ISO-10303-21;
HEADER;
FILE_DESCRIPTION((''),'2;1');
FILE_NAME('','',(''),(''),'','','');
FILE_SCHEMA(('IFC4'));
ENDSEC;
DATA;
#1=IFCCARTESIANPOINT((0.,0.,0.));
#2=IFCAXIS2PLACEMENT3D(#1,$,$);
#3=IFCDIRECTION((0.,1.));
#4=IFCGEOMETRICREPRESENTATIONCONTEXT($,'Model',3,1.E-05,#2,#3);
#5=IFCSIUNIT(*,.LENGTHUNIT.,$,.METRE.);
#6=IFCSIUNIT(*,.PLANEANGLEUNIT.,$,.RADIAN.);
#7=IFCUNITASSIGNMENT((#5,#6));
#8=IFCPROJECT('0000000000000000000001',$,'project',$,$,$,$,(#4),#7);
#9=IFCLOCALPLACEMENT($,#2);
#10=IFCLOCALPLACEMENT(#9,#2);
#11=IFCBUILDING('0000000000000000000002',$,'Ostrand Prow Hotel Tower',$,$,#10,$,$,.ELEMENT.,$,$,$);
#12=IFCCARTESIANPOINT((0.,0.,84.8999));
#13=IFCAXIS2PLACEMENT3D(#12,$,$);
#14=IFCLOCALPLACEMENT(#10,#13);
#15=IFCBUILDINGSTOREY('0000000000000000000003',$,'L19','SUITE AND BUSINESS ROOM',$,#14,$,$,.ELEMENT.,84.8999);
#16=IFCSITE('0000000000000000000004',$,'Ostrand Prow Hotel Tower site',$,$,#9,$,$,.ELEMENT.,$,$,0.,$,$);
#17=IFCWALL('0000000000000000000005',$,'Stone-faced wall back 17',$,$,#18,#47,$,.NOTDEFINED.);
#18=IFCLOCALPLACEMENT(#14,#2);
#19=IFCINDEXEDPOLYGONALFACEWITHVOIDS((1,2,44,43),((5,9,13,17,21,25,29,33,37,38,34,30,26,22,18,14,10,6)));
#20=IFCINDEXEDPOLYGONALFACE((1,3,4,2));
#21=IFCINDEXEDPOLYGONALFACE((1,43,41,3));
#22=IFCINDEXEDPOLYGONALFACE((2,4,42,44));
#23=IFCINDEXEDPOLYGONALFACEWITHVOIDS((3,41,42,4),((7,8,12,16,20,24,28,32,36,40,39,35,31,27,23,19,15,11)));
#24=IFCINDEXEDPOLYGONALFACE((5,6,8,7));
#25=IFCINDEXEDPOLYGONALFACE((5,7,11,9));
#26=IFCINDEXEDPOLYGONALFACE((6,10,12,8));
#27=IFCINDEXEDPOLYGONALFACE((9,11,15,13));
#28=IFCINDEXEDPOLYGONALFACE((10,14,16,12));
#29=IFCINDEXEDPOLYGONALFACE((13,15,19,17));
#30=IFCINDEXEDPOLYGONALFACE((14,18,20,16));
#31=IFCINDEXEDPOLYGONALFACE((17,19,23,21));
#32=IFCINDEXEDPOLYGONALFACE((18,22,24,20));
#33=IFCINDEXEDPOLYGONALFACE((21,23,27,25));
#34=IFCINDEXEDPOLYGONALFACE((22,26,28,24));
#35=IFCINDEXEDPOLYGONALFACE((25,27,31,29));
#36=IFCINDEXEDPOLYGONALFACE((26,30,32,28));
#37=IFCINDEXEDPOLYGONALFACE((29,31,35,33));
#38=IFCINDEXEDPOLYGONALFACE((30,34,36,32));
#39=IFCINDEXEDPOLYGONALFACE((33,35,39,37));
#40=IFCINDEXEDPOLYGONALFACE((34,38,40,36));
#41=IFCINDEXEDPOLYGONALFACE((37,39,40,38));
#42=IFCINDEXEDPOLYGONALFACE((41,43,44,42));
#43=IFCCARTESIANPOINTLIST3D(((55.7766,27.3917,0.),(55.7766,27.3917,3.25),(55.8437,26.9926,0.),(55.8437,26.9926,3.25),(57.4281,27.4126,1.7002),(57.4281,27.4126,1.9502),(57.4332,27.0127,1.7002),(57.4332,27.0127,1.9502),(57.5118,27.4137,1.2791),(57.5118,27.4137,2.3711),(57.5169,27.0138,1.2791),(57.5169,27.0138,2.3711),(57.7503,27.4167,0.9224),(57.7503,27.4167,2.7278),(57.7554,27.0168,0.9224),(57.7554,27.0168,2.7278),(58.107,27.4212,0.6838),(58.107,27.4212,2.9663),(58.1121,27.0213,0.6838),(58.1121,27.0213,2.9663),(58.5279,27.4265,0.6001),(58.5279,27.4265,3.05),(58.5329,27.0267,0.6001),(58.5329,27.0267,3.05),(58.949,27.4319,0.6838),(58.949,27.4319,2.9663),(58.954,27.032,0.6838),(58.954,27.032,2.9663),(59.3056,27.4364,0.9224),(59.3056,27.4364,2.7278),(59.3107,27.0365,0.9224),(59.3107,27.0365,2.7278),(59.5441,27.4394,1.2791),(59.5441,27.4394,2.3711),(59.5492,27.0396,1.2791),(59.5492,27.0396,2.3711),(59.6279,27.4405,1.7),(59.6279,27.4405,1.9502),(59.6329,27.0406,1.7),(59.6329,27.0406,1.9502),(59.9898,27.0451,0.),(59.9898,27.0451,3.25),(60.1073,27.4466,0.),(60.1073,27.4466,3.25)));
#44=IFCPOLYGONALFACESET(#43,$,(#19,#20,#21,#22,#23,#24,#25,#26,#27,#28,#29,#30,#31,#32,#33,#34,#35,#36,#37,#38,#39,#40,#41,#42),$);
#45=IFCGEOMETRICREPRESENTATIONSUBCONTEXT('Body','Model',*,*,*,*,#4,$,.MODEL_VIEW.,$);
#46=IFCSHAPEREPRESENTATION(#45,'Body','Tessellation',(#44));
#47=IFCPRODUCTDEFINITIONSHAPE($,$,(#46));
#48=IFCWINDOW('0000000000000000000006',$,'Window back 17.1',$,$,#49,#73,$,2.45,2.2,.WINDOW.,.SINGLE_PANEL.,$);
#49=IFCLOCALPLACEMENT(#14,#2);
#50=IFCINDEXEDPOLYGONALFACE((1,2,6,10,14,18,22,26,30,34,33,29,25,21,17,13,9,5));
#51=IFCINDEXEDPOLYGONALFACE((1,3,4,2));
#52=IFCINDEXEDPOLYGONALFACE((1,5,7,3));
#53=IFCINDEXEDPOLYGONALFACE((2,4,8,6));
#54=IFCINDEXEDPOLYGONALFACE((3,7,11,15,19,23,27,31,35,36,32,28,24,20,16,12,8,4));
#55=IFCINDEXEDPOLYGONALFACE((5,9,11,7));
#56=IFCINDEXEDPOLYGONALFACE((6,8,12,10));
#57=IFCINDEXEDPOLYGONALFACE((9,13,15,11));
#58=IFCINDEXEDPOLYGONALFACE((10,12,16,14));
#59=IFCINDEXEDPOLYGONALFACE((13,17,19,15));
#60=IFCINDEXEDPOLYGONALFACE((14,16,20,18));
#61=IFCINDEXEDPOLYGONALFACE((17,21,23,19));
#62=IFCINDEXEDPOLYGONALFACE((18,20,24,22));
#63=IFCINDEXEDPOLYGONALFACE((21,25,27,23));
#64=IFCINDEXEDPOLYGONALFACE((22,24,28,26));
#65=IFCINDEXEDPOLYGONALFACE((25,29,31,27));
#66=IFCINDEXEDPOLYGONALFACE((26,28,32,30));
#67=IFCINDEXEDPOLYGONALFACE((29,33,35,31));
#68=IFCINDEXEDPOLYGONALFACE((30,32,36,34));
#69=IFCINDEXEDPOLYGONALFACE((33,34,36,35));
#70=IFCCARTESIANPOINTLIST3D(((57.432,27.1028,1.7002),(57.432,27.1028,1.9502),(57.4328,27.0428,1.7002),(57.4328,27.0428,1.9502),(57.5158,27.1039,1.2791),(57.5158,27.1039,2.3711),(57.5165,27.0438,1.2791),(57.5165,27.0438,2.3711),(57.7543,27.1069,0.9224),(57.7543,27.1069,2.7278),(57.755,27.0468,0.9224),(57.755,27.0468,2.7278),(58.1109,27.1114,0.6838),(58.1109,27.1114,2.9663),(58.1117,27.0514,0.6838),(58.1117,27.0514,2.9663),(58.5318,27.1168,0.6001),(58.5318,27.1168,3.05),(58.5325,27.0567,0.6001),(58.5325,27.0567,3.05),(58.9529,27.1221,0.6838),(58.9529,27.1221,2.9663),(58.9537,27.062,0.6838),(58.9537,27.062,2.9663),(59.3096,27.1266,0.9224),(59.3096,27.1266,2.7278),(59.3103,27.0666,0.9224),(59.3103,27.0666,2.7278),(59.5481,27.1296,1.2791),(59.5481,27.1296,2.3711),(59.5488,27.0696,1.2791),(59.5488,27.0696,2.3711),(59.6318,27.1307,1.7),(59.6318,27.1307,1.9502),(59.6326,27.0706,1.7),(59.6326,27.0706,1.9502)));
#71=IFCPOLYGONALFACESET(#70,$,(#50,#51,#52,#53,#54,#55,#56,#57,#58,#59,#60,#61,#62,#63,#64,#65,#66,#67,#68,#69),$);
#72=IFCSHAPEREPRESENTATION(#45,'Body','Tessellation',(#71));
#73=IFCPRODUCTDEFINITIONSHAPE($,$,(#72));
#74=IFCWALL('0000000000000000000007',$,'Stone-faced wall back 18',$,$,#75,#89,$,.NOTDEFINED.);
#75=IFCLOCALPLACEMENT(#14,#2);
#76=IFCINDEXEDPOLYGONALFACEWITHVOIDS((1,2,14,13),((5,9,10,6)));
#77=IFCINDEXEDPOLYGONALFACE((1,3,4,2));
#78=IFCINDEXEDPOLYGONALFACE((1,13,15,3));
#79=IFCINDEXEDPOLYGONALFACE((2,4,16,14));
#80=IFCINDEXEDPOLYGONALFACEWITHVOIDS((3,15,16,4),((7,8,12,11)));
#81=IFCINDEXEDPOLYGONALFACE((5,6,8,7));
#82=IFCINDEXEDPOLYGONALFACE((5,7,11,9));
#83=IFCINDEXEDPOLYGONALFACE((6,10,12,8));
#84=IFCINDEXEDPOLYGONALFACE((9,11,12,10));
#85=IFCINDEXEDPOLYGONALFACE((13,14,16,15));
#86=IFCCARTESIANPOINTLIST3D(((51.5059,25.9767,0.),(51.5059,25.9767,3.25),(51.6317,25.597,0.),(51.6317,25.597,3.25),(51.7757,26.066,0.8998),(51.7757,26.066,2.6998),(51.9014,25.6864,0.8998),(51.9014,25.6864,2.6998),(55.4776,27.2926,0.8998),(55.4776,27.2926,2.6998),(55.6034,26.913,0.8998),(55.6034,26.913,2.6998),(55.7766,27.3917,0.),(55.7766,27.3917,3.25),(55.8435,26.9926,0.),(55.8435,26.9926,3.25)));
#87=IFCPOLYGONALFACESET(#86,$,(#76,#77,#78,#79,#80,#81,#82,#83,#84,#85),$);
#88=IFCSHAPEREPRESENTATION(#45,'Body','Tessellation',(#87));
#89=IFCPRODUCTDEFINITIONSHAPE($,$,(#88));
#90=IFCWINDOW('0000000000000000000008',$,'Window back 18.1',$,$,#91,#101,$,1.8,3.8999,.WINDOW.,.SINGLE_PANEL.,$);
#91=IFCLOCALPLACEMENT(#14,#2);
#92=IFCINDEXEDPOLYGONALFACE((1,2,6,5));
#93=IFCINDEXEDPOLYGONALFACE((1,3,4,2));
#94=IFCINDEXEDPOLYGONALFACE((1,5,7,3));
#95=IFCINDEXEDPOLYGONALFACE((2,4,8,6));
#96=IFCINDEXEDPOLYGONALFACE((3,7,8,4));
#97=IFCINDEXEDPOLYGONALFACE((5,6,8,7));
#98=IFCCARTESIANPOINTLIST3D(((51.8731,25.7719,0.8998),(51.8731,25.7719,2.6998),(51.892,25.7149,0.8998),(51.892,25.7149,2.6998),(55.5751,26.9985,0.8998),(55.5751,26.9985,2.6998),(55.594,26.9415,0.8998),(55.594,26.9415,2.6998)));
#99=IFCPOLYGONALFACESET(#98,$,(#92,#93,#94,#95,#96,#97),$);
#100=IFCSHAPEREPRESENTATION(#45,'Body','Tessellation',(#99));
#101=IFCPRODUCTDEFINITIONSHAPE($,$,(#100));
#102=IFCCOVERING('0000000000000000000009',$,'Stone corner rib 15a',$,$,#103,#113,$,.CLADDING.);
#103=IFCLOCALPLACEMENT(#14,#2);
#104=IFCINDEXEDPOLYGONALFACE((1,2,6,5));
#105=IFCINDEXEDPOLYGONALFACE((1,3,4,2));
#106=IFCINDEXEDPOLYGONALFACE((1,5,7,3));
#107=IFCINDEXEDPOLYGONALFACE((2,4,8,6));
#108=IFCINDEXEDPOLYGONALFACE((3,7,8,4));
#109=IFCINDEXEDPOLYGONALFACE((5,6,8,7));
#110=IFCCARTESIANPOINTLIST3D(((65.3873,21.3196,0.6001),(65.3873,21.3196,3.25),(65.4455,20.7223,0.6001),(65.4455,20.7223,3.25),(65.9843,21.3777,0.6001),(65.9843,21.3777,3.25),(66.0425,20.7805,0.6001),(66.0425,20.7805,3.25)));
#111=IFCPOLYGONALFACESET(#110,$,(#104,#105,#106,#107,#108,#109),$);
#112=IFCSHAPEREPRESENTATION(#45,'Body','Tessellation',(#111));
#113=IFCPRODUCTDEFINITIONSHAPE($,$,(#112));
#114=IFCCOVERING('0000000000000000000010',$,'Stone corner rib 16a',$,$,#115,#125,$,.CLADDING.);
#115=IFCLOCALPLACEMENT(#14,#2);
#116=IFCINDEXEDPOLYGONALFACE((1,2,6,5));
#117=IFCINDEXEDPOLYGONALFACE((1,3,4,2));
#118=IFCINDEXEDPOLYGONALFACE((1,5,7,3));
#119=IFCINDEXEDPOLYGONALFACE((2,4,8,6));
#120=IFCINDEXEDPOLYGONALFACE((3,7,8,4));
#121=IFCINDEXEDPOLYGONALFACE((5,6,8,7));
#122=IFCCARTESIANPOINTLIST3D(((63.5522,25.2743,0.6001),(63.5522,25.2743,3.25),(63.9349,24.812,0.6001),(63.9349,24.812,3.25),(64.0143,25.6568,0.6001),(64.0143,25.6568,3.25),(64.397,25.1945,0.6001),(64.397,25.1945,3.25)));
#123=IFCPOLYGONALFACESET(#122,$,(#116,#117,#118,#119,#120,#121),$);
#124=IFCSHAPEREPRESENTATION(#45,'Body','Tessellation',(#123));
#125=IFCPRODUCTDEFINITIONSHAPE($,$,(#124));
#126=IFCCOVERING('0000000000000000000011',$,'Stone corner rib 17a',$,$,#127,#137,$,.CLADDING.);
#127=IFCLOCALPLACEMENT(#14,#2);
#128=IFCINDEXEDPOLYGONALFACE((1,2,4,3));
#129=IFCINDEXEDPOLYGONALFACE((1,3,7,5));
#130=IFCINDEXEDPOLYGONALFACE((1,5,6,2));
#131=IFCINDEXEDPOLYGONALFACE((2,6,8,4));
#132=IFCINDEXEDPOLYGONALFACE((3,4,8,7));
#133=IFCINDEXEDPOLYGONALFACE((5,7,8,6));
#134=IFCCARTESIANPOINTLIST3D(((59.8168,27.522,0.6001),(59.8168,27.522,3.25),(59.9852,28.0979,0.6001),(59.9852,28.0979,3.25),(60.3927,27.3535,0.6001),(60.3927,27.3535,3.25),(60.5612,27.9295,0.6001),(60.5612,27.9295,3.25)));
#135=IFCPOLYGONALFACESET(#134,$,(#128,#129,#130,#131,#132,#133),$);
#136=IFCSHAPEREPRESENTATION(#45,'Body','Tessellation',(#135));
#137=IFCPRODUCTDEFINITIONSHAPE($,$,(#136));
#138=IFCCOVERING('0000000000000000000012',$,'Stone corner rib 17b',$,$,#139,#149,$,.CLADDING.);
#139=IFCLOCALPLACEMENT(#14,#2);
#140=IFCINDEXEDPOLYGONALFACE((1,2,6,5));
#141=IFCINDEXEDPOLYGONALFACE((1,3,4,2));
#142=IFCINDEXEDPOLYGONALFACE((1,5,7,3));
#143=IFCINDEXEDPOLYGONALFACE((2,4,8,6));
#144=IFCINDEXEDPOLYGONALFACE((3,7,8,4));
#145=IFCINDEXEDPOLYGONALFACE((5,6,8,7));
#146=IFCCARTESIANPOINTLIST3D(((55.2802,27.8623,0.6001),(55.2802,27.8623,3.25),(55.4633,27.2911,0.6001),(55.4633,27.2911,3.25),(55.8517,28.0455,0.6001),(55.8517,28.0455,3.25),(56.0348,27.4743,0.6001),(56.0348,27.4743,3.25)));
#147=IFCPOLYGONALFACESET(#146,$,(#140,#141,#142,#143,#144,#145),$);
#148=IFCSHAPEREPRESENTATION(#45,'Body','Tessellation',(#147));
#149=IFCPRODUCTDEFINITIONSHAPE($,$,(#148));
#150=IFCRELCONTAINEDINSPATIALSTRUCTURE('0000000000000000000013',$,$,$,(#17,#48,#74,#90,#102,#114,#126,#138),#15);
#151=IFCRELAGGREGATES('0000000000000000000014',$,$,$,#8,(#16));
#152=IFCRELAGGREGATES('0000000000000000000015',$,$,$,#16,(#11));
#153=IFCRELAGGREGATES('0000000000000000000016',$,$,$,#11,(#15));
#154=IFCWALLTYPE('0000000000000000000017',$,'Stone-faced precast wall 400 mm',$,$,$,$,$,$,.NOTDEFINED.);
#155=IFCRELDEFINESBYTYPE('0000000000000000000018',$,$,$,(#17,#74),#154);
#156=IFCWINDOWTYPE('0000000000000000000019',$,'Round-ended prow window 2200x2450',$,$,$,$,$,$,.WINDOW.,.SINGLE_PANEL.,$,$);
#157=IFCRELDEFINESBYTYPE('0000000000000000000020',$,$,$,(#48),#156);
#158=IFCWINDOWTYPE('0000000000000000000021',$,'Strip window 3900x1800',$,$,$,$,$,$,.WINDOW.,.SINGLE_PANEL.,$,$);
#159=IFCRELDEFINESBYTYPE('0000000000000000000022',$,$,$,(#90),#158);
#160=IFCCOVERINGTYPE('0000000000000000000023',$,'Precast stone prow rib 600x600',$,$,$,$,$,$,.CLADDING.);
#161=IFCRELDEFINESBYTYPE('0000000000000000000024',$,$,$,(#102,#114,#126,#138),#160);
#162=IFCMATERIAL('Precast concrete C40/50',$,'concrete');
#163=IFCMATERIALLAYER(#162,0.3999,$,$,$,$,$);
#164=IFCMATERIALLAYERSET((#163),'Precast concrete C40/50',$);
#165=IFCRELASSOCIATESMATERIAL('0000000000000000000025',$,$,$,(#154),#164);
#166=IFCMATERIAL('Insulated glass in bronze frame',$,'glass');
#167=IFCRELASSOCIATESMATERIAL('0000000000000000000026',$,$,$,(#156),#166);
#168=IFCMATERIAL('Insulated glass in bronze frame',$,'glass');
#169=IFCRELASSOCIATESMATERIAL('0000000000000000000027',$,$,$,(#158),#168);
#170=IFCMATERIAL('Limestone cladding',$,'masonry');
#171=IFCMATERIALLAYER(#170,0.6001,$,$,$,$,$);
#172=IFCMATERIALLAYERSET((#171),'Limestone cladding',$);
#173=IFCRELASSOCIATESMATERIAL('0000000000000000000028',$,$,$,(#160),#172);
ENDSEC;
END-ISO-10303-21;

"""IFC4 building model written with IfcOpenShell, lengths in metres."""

from ifc_helpers import new_model, si_unit, direction, frame, frame_2d, origin, place, context, subcontext, project, spatial, polyline, rectangle, outline, extrude, material, layer, layer_set, type_object, element, fill, save


model = new_model("IFC4")

# Units and contexts
model_context = context("Model", 3, precision=1e-05, world=origin(), true_north=direction((0.0, 1.0)))
body_context = subcontext(model_context, "Body", "Model", "MODEL_VIEW")
ifc_project = project(units=[si_unit("LENGTHUNIT", "METRE"), si_unit("PLANEANGLEUNIT", "RADIAN")], contexts=[model_context])

# Site, building, storey
site_placement = place(None, origin())
site = spatial("IfcSite", under=ifc_project, at=site_placement, Name="Ostrand Prow Hotel Tower site", CompositionType="ELEMENT", RefElevation=0.0)
building_placement = place(site_placement, origin())
building = spatial("IfcBuilding", under=site, at=building_placement, Name="Ostrand Prow Hotel Tower", CompositionType="ELEMENT")
storey_placement = place(building_placement, frame((0.0, 0.0, 84.8999)))
storey = spatial("IfcBuildingStorey", under=building, at=storey_placement, Name="L19", Description="SUITE AND BUSINESS ROOM", CompositionType="ELEMENT", Elevation=84.8999)

# Shared definitions
ifc_material_1 = material(Name="Precast concrete C40/50", Category="concrete")
ifc_layer_1 = layer(ifc_material_1, 0.3999)
ifc_layer_set_1 = layer_set([ifc_layer_1], Name="Precast concrete C40/50")
wall_type_1 = type_object("IfcWallType", Name="Stone-faced precast wall 400 mm", PredefinedType="NOTDEFINED", material=ifc_layer_set_1)

# Walls, openings, windows
ifc_material_2 = material(Name="Insulated glass in bronze frame", Category="glass")
window_type_1 = type_object("IfcWindowType", Name="Round-ended prow window 2200x2450", PartitioningType="SINGLE_PANEL", PredefinedType="WINDOW", material=ifc_material_2)
wall_1_placement = place(storey_placement, frame((60.0486, 27.2458, 0.0), z_axis=(0.0, 0.0, 1.0), x_axis=(-0.99992, -0.012671, 0.0)))
wall_1 = element("IfcWall", 1, at=wall_1_placement, inside=storey, type_object=wall_type_1, Name="Stone-faced wall back 17", PredefinedType="NOTDEFINED", context=body_context, shape_type="SweptSolid", body=[
    extrude(outline(polyline([(-0.0613, -0.2), (4.2698, -0.2), (4.2078, 0.2), (0.0613, 0.2), (-0.0613, -0.2)])), origin(), (0.0, 0.0, 1.0), 3.25),
])
opening_1_placement = place(wall_1_placement, frame((0.4182, 0.0, 0.6001)))
opening_1 = element("IfcOpeningElement", 2, at=opening_1_placement, cuts=wall_1, PredefinedType="OPENING", context=body_context, shape_type="SweptSolid", body=[
    extrude(outline(polyline([(0.0, 1.3501), (0.0837, 1.771), (0.3223, 2.1277), (0.679, 2.3662), (1.1001, 2.45), (1.521, 2.3662), (1.8777, 2.1277), (2.1162, 1.771), (2.2, 1.3501), (2.2, 1.1001), (2.1162, 0.679), (1.8777, 0.3223), (1.521, 0.0837), (1.1001, 0.0), (0.679, 0.0837), (0.3223, 0.3223), (0.0837, 0.679), (0.0, 1.0999), (0.0, 1.3501)])), frame((0.0, 0.21, 0.0), z_axis=(0.0, -1.0, 0.0), x_axis=(1.0, 0.0, 0.0)), (0.0, 0.0, 1.0), 0.4199),
])
window_1_placement = place(opening_1_placement, origin())
window_1 = element("IfcWindow", 3, at=window_1_placement, inside=storey, type_object=window_type_1, Name="Window back 17.1", OverallHeight=2.45, OverallWidth=2.2, PartitioningType="SINGLE_PANEL", PredefinedType="WINDOW", context=body_context, shape_type="SweptSolid", body=[
    extrude(outline(polyline([(0.0, 1.3501), (0.0837, 1.771), (0.3223, 2.1277), (0.679, 2.3662), (1.1001, 2.45), (1.521, 2.3662), (1.8777, 2.1277), (2.1162, 1.771), (2.2, 1.3501), (2.2, 1.1001), (2.1162, 0.679), (1.8777, 0.3223), (1.521, 0.0837), (1.1001, 0.0), (0.679, 0.0837), (0.3223, 0.3223), (0.0837, 0.679), (0.0, 1.0999), (0.0, 1.3501)])), frame((0.0, 0.1699, 0.0), z_axis=(0.0, -1.0, 0.0), x_axis=(1.0, 0.0, 0.0)), (0.0, 0.0, 1.0), 0.0601),
])
fill(opening_1, window_1)
wall_2_placement = place(storey_placement, frame((55.8101, 27.1921, 0.0), z_axis=(0.0, 0.0, 1.0), x_axis=(-0.94925, -0.314522, 0.0)))
wall_2 = element("IfcWall", 4, at=wall_2_placement, inside=storey, type_object=wall_type_1, Name="Stone-faced wall back 18", PredefinedType="NOTDEFINED", context=body_context, shape_type="SweptSolid", body=[
    extrude(outline(polyline([(-0.031, -0.2), (4.468, -0.2), (4.468, 0.2), (0.031, 0.2), (-0.031, -0.2)])), origin(), (0.0, 0.0, 1.0), 3.25),
])
opening_2_placement = place(wall_2_placement, frame((0.2839, 0.0, 0.8999)))
opening_2 = element("IfcOpeningElement", 5, at=opening_2_placement, cuts=wall_2, PredefinedType="OPENING", context=body_context, shape_type="SweptSolid", body=[
    extrude(rectangle(XDim=3.8999, YDim=1.8, at=frame_2d((1.95, 0.8999))), frame((0.0, 0.21, 0.0), z_axis=(0.0, -1.0, 0.0), x_axis=(1.0, 0.0, 0.0)), (0.0, 0.0, 1.0), 0.4199),
])
ifc_material_3 = material(Name="Insulated glass in bronze frame", Category="glass")
window_type_2 = type_object("IfcWindowType", Name="Strip window 3900x1800", PartitioningType="SINGLE_PANEL", PredefinedType="WINDOW", material=ifc_material_3)
window_2_placement = place(opening_2_placement, origin())
window_2 = element("IfcWindow", 6, at=window_2_placement, inside=storey, type_object=window_type_2, Name="Window back 18.1", OverallHeight=1.8, OverallWidth=3.8999, PartitioningType="SINGLE_PANEL", PredefinedType="WINDOW", context=body_context, shape_type="SweptSolid", body=[
    extrude(rectangle(XDim=3.8999, YDim=1.8, at=frame_2d((1.95, 0.8999))), frame((0.0, 0.1699, 0.0), z_axis=(0.0, -1.0, 0.0), x_axis=(1.0, 0.0, 0.0)), (0.0, 0.0, 1.0), 0.0601),
])
fill(opening_2, window_2)

# Coverings
ifc_material_4 = material(Name="Limestone cladding", Category="masonry")
ifc_layer_2 = layer(ifc_material_4, 0.6001)
ifc_layer_set_2 = layer_set([ifc_layer_2], Name="Limestone cladding")
covering_type = type_object("IfcCoveringType", Name="Precast stone prow rib 600x600", PredefinedType="CLADDING", material=ifc_layer_set_2)
for number, where, z_axis, x_axis, name in (
    (7, (65.4165, 21.021, 0.6001), (0.0, 0.0, 1.0), (0.995296, 0.096884, 0.0), "Stone corner rib 15a"),
    (8, (63.7437, 25.0432, 0.6001), (0.0, 0.0, 1.0), (0.770319, 0.637659, 0.0), "Stone corner rib 16a"),
):
    element("IfcCovering", number, at=place(storey_placement, frame(where, z_axis=z_axis, x_axis=x_axis)), inside=storey, type_object=covering_type, Name=name, PredefinedType="CLADDING", context=body_context, shape_type="SweptSolid", body=[
        extrude(rectangle(XDim=0.5999, YDim=0.6001, at=frame_2d((0.2998, 0.0))), origin(), (0.0, 0.0, 1.0), 2.6499),
    ])
covering_1_placement = place(storey_placement, frame((60.1047, 27.4377, 0.6001), z_axis=(0.0, 0.0, 1.0), x_axis=(0.280734, 0.959786, 0.0)))
element("IfcCovering", 9, at=covering_1_placement, inside=storey, type_object=covering_type, Name="Stone corner rib 17a", PredefinedType="CLADDING", context=body_context, shape_type="SweptSolid", body=[
    extrude(rectangle(XDim=0.6001, YDim=0.6001, at=frame_2d((0.3, 0.0))), origin(), (0.0, 0.0, 1.0), 2.6499),
])
covering_2_placement = place(storey_placement, frame((55.749, 27.3828, 0.6001), z_axis=(0.0, 0.0, 1.0), x_axis=(-0.305219, 0.952282, 0.0)))
element("IfcCovering", 10, at=covering_2_placement, inside=storey, type_object=covering_type, Name="Stone corner rib 17b", PredefinedType="CLADDING", context=body_context, shape_type="SweptSolid", body=[
    extrude(rectangle(XDim=0.5999, YDim=0.6001, at=frame_2d((0.2998, 0.0))), origin(), (0.0, 0.0, 1.0), 2.6499),
])

save(model, "model.ifc")
